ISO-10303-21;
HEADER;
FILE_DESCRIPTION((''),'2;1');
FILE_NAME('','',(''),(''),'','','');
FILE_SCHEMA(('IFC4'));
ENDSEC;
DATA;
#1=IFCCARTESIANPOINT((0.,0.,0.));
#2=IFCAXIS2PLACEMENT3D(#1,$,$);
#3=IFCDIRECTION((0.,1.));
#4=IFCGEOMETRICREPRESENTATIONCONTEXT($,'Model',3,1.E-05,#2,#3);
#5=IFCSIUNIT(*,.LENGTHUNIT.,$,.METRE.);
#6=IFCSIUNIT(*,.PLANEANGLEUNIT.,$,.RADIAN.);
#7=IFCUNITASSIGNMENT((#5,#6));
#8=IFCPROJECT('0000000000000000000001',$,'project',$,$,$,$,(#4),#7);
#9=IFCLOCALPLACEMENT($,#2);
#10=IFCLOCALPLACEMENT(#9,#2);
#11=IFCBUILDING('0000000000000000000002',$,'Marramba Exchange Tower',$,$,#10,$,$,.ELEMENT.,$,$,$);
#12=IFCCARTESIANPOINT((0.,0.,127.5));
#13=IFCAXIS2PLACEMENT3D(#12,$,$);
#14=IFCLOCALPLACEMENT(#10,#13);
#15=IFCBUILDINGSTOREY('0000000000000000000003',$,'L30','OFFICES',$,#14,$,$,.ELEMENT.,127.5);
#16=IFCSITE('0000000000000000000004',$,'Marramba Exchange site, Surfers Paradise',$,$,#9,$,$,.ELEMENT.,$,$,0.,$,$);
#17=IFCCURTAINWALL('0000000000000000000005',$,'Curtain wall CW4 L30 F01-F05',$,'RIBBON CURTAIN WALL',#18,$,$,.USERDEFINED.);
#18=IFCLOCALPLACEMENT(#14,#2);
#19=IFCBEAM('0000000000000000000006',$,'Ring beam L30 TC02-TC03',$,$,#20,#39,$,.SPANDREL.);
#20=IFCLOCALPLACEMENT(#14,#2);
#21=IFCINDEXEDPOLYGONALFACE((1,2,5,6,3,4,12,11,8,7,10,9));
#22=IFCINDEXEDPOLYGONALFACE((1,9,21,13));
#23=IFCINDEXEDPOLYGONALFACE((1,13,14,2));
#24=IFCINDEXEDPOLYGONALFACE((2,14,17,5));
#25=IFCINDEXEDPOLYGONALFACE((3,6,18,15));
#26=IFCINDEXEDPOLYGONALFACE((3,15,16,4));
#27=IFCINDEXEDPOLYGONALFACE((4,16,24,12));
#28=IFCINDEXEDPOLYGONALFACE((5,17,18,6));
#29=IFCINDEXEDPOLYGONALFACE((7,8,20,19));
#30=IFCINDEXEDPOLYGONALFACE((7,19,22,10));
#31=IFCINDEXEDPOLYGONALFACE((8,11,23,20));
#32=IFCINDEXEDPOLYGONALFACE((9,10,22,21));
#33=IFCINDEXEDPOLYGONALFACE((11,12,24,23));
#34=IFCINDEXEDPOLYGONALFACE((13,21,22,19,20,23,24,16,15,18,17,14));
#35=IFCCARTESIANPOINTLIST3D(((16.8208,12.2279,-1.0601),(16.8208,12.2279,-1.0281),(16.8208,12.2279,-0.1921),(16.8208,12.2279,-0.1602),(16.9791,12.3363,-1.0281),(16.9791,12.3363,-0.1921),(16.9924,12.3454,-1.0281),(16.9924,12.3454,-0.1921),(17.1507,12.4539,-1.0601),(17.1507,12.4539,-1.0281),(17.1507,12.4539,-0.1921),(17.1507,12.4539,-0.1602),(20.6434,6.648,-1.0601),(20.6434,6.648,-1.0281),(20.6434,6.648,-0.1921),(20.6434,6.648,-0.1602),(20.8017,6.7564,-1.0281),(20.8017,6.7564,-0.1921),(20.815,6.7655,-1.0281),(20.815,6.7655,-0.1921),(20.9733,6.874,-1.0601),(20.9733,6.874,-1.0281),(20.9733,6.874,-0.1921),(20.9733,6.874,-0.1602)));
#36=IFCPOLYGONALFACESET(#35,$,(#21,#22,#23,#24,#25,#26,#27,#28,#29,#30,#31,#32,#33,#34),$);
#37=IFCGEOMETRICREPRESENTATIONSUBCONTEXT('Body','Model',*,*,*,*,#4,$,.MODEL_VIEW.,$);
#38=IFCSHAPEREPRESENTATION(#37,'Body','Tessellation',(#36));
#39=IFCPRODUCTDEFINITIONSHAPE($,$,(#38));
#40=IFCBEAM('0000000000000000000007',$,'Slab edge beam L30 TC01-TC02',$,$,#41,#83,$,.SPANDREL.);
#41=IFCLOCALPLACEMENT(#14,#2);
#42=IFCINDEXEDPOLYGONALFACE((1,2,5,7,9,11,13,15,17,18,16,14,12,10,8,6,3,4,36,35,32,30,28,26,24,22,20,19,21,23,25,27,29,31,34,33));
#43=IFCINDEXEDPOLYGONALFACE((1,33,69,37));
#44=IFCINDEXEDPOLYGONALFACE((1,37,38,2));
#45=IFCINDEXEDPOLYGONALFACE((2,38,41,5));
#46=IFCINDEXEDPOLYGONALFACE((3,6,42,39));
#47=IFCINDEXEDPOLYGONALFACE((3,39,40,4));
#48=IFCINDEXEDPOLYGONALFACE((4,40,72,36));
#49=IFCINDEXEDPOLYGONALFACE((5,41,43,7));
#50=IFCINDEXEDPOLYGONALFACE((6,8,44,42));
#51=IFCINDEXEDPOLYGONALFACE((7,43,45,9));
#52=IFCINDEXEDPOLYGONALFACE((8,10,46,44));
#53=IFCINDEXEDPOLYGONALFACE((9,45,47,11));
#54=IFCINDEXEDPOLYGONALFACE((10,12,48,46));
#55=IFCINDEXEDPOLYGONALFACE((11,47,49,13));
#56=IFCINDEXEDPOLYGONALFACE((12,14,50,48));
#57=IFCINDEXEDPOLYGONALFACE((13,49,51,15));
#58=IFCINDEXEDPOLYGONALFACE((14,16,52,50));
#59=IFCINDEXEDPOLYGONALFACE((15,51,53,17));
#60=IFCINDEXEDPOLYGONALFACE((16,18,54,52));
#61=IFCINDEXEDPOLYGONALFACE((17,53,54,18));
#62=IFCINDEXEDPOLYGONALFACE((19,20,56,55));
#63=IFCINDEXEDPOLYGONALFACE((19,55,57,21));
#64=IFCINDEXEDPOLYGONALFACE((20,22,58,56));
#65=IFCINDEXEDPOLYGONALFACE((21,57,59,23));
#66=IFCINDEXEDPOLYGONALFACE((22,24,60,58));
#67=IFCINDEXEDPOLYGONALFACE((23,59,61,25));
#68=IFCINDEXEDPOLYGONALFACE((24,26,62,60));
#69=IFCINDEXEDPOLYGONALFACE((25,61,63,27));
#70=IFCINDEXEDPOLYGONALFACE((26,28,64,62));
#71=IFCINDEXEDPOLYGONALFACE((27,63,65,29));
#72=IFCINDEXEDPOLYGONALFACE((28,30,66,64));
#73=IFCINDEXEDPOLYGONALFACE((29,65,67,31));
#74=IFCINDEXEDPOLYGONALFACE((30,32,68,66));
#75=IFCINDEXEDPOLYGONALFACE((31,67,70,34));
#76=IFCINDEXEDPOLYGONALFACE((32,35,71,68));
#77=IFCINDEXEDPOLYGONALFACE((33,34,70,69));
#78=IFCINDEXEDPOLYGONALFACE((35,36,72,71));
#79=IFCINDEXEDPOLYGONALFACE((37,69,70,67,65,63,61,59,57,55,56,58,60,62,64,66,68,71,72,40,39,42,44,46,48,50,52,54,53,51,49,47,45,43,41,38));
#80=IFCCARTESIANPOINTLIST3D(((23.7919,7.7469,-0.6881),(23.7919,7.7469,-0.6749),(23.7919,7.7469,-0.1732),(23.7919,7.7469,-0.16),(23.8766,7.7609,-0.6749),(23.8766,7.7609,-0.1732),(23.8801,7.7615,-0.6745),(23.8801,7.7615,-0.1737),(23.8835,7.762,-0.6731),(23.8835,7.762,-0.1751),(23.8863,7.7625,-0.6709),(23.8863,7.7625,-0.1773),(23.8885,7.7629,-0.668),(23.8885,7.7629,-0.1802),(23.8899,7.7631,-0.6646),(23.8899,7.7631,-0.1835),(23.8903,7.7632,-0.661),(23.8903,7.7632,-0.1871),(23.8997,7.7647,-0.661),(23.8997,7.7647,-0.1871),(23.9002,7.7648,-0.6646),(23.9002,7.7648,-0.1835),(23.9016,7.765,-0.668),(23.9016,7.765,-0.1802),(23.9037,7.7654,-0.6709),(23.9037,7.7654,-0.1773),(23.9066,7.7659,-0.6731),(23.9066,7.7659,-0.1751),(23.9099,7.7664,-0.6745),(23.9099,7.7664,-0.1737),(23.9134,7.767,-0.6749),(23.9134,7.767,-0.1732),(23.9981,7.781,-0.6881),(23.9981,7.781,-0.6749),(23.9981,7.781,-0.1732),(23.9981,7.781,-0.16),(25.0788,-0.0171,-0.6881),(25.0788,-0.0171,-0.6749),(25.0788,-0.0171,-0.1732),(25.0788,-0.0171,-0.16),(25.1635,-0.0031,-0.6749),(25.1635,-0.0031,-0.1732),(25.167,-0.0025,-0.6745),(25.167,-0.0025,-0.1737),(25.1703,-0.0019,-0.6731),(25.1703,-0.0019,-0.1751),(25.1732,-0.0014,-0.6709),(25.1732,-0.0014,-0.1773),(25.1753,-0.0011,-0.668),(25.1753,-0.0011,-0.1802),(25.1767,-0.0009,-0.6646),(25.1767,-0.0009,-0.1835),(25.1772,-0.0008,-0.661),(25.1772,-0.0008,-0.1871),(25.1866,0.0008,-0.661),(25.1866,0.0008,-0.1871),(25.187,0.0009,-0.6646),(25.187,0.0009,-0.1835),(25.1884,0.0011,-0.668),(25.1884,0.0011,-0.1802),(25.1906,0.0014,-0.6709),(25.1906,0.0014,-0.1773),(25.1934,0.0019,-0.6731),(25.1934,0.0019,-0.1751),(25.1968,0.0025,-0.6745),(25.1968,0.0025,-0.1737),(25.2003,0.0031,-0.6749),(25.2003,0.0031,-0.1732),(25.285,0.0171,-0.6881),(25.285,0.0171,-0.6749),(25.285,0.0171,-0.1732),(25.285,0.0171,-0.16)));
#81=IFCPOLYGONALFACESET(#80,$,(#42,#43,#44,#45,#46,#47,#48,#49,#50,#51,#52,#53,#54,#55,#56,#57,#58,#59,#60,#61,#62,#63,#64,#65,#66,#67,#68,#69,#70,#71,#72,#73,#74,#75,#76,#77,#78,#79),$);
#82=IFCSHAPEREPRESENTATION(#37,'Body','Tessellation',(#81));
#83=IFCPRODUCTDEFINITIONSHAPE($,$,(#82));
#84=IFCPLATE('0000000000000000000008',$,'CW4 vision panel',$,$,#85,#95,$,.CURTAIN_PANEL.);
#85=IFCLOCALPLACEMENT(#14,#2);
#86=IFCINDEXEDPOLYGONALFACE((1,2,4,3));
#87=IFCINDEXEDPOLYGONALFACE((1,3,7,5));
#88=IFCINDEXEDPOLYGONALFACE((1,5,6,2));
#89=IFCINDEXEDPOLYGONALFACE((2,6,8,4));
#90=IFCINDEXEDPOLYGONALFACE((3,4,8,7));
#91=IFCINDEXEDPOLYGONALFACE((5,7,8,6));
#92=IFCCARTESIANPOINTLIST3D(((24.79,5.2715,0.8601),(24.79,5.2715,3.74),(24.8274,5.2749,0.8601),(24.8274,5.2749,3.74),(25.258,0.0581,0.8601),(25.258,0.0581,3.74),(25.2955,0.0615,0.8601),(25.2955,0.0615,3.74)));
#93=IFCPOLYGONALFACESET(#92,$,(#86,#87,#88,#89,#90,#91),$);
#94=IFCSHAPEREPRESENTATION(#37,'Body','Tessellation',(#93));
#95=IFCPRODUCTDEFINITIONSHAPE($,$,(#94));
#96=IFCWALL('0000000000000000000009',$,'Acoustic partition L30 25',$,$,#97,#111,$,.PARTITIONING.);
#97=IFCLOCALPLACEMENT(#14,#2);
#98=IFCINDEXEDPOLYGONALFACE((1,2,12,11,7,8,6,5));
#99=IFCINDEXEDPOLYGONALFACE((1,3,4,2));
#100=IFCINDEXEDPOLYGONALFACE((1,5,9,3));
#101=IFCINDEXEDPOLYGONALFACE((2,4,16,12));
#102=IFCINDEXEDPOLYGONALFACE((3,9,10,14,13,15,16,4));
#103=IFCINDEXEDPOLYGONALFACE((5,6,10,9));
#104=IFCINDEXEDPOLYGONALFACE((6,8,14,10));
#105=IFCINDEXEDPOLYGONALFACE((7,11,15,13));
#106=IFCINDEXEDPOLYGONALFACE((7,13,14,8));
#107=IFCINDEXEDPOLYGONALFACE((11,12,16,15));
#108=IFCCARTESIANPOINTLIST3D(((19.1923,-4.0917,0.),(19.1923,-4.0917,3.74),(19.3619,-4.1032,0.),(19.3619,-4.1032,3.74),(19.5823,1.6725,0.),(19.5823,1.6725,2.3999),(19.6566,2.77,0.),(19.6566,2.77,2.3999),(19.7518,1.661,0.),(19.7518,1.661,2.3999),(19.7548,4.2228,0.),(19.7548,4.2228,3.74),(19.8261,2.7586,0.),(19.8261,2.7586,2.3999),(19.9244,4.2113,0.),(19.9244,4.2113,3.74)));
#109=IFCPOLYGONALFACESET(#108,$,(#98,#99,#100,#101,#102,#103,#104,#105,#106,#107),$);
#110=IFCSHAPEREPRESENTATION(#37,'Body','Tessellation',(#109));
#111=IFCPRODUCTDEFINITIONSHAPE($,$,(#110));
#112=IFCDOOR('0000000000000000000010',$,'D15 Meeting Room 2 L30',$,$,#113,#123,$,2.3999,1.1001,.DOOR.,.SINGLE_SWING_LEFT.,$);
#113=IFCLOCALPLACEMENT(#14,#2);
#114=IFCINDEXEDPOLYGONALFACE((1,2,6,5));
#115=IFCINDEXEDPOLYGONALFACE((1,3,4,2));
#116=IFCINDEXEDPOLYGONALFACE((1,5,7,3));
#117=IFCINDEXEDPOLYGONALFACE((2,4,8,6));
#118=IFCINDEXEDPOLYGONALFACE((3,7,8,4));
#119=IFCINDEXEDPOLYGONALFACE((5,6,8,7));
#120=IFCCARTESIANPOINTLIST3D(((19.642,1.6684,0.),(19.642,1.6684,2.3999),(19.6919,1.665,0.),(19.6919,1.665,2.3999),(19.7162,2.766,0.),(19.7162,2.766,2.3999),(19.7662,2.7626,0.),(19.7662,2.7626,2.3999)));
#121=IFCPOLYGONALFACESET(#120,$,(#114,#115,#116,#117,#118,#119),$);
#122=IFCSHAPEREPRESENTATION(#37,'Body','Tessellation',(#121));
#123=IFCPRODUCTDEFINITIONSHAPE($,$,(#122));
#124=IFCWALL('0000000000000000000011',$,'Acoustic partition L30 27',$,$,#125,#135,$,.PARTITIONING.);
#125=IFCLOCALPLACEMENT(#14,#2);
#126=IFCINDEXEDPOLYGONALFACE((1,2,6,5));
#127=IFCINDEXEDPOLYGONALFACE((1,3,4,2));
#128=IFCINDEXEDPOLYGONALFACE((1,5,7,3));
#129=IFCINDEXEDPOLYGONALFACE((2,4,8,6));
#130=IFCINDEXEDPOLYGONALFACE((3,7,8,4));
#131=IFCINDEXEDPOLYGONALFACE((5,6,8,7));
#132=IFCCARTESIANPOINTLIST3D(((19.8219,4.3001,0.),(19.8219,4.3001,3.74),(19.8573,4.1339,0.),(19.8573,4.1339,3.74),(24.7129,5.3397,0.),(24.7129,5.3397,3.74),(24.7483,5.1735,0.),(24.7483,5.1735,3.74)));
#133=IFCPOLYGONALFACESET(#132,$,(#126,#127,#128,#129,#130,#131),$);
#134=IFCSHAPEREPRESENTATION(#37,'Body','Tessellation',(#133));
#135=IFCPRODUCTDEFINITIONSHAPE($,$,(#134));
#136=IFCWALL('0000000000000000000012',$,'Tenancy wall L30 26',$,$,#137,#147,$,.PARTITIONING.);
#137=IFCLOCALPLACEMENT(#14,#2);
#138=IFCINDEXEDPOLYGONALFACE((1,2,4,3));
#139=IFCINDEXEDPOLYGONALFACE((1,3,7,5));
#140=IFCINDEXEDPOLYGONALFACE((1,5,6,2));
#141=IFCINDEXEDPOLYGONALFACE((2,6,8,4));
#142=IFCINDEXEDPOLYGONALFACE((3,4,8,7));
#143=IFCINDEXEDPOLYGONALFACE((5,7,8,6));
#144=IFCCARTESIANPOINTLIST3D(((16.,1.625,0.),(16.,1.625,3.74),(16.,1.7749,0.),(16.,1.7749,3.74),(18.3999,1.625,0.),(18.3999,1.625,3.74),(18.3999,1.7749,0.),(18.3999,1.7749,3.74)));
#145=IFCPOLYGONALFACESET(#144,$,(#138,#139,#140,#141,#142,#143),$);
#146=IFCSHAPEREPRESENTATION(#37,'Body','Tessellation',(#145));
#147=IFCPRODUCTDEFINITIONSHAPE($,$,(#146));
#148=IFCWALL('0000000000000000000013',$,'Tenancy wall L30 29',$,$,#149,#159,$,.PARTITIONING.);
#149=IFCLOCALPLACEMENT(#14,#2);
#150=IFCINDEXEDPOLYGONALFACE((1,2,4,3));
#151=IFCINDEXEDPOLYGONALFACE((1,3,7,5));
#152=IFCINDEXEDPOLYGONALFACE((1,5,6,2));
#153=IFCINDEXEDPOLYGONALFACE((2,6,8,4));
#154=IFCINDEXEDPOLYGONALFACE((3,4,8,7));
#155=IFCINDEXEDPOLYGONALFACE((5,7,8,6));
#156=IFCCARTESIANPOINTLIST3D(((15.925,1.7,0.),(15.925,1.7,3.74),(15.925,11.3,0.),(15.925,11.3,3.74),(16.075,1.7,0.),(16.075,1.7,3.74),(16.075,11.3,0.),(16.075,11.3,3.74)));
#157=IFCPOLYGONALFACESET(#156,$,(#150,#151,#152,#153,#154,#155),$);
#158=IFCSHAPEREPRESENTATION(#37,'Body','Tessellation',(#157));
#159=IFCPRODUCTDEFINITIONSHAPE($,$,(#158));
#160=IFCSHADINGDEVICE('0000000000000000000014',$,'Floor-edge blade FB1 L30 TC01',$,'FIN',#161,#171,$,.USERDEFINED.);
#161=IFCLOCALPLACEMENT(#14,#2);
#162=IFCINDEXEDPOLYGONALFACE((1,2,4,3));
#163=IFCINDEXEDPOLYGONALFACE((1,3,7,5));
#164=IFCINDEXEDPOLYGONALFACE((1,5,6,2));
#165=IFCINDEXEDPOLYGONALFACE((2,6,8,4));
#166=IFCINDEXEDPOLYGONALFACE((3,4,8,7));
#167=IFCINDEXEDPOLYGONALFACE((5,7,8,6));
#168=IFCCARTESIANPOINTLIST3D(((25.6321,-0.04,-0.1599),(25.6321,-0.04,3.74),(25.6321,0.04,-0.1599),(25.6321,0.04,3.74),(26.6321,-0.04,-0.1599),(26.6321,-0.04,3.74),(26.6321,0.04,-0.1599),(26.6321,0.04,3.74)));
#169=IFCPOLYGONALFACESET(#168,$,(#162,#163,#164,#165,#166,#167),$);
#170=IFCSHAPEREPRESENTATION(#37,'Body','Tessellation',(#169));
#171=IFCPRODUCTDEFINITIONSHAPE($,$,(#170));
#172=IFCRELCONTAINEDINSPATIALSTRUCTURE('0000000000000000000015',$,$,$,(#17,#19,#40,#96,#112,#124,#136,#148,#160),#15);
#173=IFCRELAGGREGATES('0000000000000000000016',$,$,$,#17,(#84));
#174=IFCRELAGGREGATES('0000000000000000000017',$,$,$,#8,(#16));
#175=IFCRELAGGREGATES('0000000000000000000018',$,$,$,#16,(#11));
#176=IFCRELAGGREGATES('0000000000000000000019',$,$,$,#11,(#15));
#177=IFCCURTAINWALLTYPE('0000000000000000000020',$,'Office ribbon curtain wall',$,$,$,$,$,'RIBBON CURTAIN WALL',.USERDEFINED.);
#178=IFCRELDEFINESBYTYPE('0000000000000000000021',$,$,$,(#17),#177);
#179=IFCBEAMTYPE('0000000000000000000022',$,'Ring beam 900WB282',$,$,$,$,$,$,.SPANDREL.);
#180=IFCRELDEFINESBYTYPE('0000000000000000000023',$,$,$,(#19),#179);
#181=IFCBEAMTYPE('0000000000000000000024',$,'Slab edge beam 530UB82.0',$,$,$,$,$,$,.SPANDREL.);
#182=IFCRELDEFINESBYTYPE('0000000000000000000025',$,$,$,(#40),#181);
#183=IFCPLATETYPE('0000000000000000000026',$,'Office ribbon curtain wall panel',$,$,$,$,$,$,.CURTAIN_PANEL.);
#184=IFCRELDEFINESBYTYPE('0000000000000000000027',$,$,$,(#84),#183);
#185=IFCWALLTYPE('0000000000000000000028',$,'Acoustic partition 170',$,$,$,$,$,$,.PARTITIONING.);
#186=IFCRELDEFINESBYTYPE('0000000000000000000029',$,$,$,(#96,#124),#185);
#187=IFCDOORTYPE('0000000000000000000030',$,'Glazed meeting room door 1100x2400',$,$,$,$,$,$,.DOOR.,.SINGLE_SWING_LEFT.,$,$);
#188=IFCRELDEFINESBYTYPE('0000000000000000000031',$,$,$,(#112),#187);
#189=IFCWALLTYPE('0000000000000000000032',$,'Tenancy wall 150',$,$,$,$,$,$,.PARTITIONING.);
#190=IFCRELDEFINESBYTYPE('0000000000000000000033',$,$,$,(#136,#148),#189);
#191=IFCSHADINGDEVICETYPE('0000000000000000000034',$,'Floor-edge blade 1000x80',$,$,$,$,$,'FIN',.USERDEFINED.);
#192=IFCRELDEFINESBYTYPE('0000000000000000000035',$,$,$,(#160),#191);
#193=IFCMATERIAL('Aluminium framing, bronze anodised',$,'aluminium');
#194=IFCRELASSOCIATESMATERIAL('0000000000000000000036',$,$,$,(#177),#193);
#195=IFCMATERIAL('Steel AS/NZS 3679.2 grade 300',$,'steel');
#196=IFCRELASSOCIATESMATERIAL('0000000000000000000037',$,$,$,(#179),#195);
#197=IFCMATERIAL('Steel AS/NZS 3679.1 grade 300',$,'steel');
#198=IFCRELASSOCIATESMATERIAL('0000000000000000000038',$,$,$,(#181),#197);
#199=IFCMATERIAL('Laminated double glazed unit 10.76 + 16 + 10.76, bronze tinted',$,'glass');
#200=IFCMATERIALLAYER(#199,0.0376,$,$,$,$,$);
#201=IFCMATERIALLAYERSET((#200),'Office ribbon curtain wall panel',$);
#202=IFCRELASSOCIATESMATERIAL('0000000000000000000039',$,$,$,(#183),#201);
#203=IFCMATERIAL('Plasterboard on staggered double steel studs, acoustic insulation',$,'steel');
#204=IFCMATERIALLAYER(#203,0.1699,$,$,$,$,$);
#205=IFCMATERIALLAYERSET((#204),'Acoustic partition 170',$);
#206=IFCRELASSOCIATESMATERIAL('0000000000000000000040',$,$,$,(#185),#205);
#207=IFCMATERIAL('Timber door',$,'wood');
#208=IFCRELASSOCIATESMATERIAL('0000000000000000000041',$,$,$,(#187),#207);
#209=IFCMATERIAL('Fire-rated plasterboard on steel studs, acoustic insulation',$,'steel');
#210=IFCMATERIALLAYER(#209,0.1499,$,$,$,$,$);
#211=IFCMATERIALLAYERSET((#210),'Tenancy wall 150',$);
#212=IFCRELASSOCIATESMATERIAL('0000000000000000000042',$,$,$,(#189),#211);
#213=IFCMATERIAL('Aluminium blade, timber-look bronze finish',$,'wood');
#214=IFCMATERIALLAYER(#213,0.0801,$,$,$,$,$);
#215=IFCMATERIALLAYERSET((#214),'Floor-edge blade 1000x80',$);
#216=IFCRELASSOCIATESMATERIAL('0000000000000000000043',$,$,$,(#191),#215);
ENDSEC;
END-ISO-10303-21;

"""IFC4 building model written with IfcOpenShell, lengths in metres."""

from ifc_helpers import new_model, si_unit, direction, frame, frame_2d, origin, origin_2d, place, context, subcontext, project, spatial, rectangle, i_section, extrude, material, layer, layer_set, material_profile, profile_set, type_object, element, fill, aggregate, save


model = new_model("IFC4")

# Units and contexts
model_context = context("Model", 3, precision=1e-05, world=origin(), true_north=direction((0.0, 1.0)))
body_context = subcontext(model_context, "Body", "Model", "MODEL_VIEW")
ifc_project = project(units=[si_unit("LENGTHUNIT", "METRE"), si_unit("PLANEANGLEUNIT", "RADIAN")], contexts=[model_context])

# Site, building, storey
site_placement = place(None, origin())
site = spatial("IfcSite", under=ifc_project, at=site_placement, Name="Marramba Exchange site, Surfers Paradise", CompositionType="ELEMENT", RefElevation=0.0)
building_placement = place(site_placement, origin())
building = spatial("IfcBuilding", under=site, at=building_placement, Name="Marramba Exchange Tower", CompositionType="ELEMENT")
storey_placement = place(building_placement, frame((0.0, 0.0, 127.5)))
storey = spatial("IfcBuildingStorey", under=building, at=storey_placement, Name="L30", Description="OFFICES", CompositionType="ELEMENT", Elevation=127.5)

# Shared definitions
ifc_material_1 = material(Name="Steel AS/NZS 3679.2 grade 300", Category="steel")
ifc_material_2 = material(Name="Steel AS/NZS 3679.1 grade 300", Category="steel")

# Curtain wall
ifc_material_3 = material(Name="Aluminium framing, bronze anodised", Category="aluminium")
curtain_wall_type = type_object("IfcCurtainWallType", Name="Office ribbon curtain wall", ElementType="RIBBON CURTAIN WALL", PredefinedType="USERDEFINED", material=ifc_material_3)
curtain_wall_placement = place(storey_placement, origin())
curtain_wall = element("IfcCurtainWall", 1, at=curtain_wall_placement, inside=storey, type_object=curtain_wall_type, Name="Curtain wall CW4 L30 F01-F05", ObjectType="RIBBON CURTAIN WALL", PredefinedType="USERDEFINED")

# Beams
ifc_material_profile_1 = material_profile(ifc_material_1, i_section(OverallWidth=0.3999, OverallDepth=0.8999, WebThickness=0.0161, FlangeThickness=0.032, at=origin_2d()), Name="900WB282")
ifc_profile_set_1 = profile_set([ifc_material_profile_1], Name="Steel AS/NZS 3679.2 grade 300")
beam_type_1 = type_object("IfcBeamType", Name="Ring beam 900WB282", PredefinedType="SPANDREL", material=ifc_profile_set_1)
beam_1_placement = place(storey_placement, frame((20.8083, 6.761, -0.6101), z_axis=(-0.56516, 0.824981, 0.0), x_axis=(-0.824981, -0.56516, 0.0)))
element("IfcBeam", 2, at=beam_1_placement, inside=storey, type_object=beam_type_1, Name="Ring beam L30 TC02-TC03", PredefinedType="SPANDREL", context=body_context, shape_type="SweptSolid", body=[
    extrude(i_section(OverallWidth=0.3999, OverallDepth=0.8999, WebThickness=0.0161, FlangeThickness=0.032, at=origin_2d()), origin(), (0.0, 0.0, 1.0), 6.7637),
])
ifc_material_profile_2 = material_profile(ifc_material_2, i_section(OverallWidth=0.209, OverallDepth=0.5281, WebThickness=0.0095, FlangeThickness=0.0132, FilletRadius=0.0139, at=origin_2d()), Name="530UB82.0")
ifc_profile_set_2 = profile_set([ifc_material_profile_2], Name="Steel AS/NZS 3679.1 grade 300")
beam_type_2 = type_object("IfcBeamType", Name="Slab edge beam 530UB82.0", PredefinedType="SPANDREL", material=ifc_profile_set_2)
beam_2_placement = place(storey_placement, frame((25.1819, 0.0, -0.4241), z_axis=(-0.163519, 0.98654, 0.0), x_axis=(-0.98654, -0.163519, 0.0)))
element("IfcBeam", 3, at=beam_2_placement, inside=storey, type_object=beam_type_2, Name="Slab edge beam L30 TC01-TC02", PredefinedType="SPANDREL", context=body_context, shape_type="SweptSolid", body=[
    extrude(i_section(OverallWidth=0.209, OverallDepth=0.5281, WebThickness=0.0095, FlangeThickness=0.0132, FilletRadius=0.0139, at=origin_2d()), origin(), (0.0, 0.0, 1.0), 7.8699),
])

# Plate
ifc_material_4 = material(Name="Laminated double glazed unit 10.76 + 16 + 10.76, bronze tinted", Category="glass")
ifc_layer_1 = layer(ifc_material_4, 0.0376)
ifc_layer_set_1 = layer_set([ifc_layer_1], Name="Office ribbon curtain wall panel")
plate_type = type_object("IfcPlateType", Name="Office ribbon curtain wall panel", PredefinedType="CURTAIN_PANEL", material=ifc_layer_set_1)
plate_placement = place(storey_placement, frame((25.0427, 2.6665, 0.8601), z_axis=(0.0, 0.0, 1.0), x_axis=(-0.089413, 0.995995, 0.0)))
plate = element("IfcPlate", 4, at=plate_placement, type_object=plate_type, Name="CW4 vision panel", PredefinedType="CURTAIN_PANEL", context=body_context, shape_type="SweptSolid", body=[
    extrude(rectangle(XDim=5.2344, YDim=0.0376, at=origin_2d()), origin(), (0.0, 0.0, 1.0), 2.8799),
])
aggregate(curtain_wall, [plate])

# Wall, opening, door
ifc_material_5 = material(Name="Plasterboard on staggered double steel studs, acoustic insulation", Category="steel")
ifc_layer_2 = layer(ifc_material_5, 0.1699)
ifc_layer_set_2 = layer_set([ifc_layer_2], Name="Acoustic partition 170")
wall_type_1 = type_object("IfcWallType", Name="Acoustic partition 170", PredefinedType="PARTITIONING", material=ifc_layer_set_2)
wall_1_placement = place(storey_placement, frame((19.8396, 4.217, 0.0), z_axis=(0.0, 0.0, 1.0), x_axis=(-0.067499, -0.997719, 0.0)))
wall_1 = element("IfcWall", 5, at=wall_1_placement, inside=storey, type_object=wall_type_1, Name="Acoustic partition L30 25", PredefinedType="PARTITIONING", context=body_context, shape_type="SweptSolid", body=[
    extrude(rectangle(XDim=8.3335, YDim=0.1699, at=frame_2d((4.1667, 0.0))), origin(), (0.0, 0.0, 1.0), 3.74),
])
opening_placement = place(wall_1_placement, frame((1.4561, 0.0, 0.0)))
opening = element("IfcOpeningElement", 6, at=opening_placement, cuts=wall_1, PredefinedType="OPENING", context=body_context, shape_type="SweptSolid", body=[
    extrude(rectangle(XDim=1.1001, YDim=2.3999, at=frame_2d((0.55, 1.2))), frame((0.0, 0.095, 0.0), z_axis=(0.0, -1.0, 0.0), x_axis=(1.0, 0.0, 0.0)), (0.0, 0.0, 1.0), 0.1899),
])
ifc_material_6 = material(Name="Timber door", Category="wood")
door_type = type_object("IfcDoorType", Name="Glazed meeting room door 1100x2400", OperationType="SINGLE_SWING_LEFT", PredefinedType="DOOR", material=ifc_material_6)
door_placement = place(opening_placement, origin())
door = element("IfcDoor", 7, at=door_placement, inside=storey, type_object=door_type, Name="D15 Meeting Room 2 L30", OperationType="SINGLE_SWING_LEFT", OverallHeight=2.3999, OverallWidth=1.1001, PredefinedType="DOOR", context=body_context, shape_type="SweptSolid", body=[
    extrude(rectangle(XDim=1.1001, YDim=2.3999, at=frame_2d((0.55, 1.2))), frame((0.0, 0.0249, 0.0), z_axis=(0.0, -1.0, 0.0), x_axis=(1.0, 0.0, 0.0)), (0.0, 0.0, 1.0), 0.05),
])
fill(opening, door)

# Walls
wall_2_placement = place(storey_placement, frame((24.7305, 5.2566, 0.0), z_axis=(0.0, 0.0, 1.0), x_axis=(-0.978149, -0.207905, 0.0)))
element("IfcWall", 8, at=wall_2_placement, inside=storey, type_object=wall_type_1, Name="Acoustic partition L30 27", PredefinedType="PARTITIONING", context=body_context, shape_type="SweptSolid", body=[
    extrude(rectangle(XDim=5.0002, YDim=0.1699, at=frame_2d((2.5, 0.0))), origin(), (0.0, 0.0, 1.0), 3.74),
])
ifc_material_7 = material(Name="Fire-rated plasterboard on steel studs, acoustic insulation", Category="steel")
ifc_layer_3 = layer(ifc_material_7, 0.1499)
ifc_layer_set_3 = layer_set([ifc_layer_3], Name="Tenancy wall 150")
wall_type_2 = type_object("IfcWallType", Name="Tenancy wall 150", PredefinedType="PARTITIONING", material=ifc_layer_set_3)
wall_3_placement = place(storey_placement, frame((18.3999, 1.7, 0.0), z_axis=(0.0, 0.0, 1.0), x_axis=(-1.0, 0.0, 0.0)))
element("IfcWall", 9, at=wall_3_placement, inside=storey, type_object=wall_type_2, Name="Tenancy wall L30 26", PredefinedType="PARTITIONING", context=body_context, shape_type="SweptSolid", body=[
    extrude(rectangle(XDim=2.3999, YDim=0.1499, at=frame_2d((1.2, 0.0))), origin(), (0.0, 0.0, 1.0), 3.74),
])
wall_4_placement = place(storey_placement, frame((16.0, 1.7, 0.0), z_axis=(0.0, 0.0, 1.0), x_axis=(0.0, 1.0, 0.0)))
element("IfcWall", 10, at=wall_4_placement, inside=storey, type_object=wall_type_2, Name="Tenancy wall L30 29", PredefinedType="PARTITIONING", context=body_context, shape_type="SweptSolid", body=[
    extrude(rectangle(XDim=9.6001, YDim=0.1499, at=frame_2d((4.8, 0.0))), origin(), (0.0, 0.0, 1.0), 3.74),
])

# Shading device
ifc_material_8 = material(Name="Aluminium blade, timber-look bronze finish", Category="wood")
ifc_layer_4 = layer(ifc_material_8, 0.0801)
ifc_layer_set_4 = layer_set([ifc_layer_4], Name="Floor-edge blade 1000x80")
shading_device_type_1 = type_object("IfcShadingDeviceType", Name="Floor-edge blade 1000x80", ElementType="FIN", PredefinedType="USERDEFINED", material=ifc_layer_set_4)
shading_device_1_placement = place(storey_placement, frame((26.1321, 0.0, -0.1599), z_axis=(0.0, 0.0, 1.0), x_axis=(1.0, 0.0, 0.0)))
element("IfcShadingDevice", 11, at=shading_device_1_placement, inside=storey, type_object=shading_device_type_1, Name="Floor-edge blade FB1 L30 TC01", ObjectType="FIN", PredefinedType="USERDEFINED", context=body_context, shape_type="SweptSolid", body=[
    extrude(rectangle(XDim=1.0, YDim=0.0801, at=origin_2d()), origin(), (0.0, 0.0, 1.0), 3.8999),
])

save(model, "model.ifc")
